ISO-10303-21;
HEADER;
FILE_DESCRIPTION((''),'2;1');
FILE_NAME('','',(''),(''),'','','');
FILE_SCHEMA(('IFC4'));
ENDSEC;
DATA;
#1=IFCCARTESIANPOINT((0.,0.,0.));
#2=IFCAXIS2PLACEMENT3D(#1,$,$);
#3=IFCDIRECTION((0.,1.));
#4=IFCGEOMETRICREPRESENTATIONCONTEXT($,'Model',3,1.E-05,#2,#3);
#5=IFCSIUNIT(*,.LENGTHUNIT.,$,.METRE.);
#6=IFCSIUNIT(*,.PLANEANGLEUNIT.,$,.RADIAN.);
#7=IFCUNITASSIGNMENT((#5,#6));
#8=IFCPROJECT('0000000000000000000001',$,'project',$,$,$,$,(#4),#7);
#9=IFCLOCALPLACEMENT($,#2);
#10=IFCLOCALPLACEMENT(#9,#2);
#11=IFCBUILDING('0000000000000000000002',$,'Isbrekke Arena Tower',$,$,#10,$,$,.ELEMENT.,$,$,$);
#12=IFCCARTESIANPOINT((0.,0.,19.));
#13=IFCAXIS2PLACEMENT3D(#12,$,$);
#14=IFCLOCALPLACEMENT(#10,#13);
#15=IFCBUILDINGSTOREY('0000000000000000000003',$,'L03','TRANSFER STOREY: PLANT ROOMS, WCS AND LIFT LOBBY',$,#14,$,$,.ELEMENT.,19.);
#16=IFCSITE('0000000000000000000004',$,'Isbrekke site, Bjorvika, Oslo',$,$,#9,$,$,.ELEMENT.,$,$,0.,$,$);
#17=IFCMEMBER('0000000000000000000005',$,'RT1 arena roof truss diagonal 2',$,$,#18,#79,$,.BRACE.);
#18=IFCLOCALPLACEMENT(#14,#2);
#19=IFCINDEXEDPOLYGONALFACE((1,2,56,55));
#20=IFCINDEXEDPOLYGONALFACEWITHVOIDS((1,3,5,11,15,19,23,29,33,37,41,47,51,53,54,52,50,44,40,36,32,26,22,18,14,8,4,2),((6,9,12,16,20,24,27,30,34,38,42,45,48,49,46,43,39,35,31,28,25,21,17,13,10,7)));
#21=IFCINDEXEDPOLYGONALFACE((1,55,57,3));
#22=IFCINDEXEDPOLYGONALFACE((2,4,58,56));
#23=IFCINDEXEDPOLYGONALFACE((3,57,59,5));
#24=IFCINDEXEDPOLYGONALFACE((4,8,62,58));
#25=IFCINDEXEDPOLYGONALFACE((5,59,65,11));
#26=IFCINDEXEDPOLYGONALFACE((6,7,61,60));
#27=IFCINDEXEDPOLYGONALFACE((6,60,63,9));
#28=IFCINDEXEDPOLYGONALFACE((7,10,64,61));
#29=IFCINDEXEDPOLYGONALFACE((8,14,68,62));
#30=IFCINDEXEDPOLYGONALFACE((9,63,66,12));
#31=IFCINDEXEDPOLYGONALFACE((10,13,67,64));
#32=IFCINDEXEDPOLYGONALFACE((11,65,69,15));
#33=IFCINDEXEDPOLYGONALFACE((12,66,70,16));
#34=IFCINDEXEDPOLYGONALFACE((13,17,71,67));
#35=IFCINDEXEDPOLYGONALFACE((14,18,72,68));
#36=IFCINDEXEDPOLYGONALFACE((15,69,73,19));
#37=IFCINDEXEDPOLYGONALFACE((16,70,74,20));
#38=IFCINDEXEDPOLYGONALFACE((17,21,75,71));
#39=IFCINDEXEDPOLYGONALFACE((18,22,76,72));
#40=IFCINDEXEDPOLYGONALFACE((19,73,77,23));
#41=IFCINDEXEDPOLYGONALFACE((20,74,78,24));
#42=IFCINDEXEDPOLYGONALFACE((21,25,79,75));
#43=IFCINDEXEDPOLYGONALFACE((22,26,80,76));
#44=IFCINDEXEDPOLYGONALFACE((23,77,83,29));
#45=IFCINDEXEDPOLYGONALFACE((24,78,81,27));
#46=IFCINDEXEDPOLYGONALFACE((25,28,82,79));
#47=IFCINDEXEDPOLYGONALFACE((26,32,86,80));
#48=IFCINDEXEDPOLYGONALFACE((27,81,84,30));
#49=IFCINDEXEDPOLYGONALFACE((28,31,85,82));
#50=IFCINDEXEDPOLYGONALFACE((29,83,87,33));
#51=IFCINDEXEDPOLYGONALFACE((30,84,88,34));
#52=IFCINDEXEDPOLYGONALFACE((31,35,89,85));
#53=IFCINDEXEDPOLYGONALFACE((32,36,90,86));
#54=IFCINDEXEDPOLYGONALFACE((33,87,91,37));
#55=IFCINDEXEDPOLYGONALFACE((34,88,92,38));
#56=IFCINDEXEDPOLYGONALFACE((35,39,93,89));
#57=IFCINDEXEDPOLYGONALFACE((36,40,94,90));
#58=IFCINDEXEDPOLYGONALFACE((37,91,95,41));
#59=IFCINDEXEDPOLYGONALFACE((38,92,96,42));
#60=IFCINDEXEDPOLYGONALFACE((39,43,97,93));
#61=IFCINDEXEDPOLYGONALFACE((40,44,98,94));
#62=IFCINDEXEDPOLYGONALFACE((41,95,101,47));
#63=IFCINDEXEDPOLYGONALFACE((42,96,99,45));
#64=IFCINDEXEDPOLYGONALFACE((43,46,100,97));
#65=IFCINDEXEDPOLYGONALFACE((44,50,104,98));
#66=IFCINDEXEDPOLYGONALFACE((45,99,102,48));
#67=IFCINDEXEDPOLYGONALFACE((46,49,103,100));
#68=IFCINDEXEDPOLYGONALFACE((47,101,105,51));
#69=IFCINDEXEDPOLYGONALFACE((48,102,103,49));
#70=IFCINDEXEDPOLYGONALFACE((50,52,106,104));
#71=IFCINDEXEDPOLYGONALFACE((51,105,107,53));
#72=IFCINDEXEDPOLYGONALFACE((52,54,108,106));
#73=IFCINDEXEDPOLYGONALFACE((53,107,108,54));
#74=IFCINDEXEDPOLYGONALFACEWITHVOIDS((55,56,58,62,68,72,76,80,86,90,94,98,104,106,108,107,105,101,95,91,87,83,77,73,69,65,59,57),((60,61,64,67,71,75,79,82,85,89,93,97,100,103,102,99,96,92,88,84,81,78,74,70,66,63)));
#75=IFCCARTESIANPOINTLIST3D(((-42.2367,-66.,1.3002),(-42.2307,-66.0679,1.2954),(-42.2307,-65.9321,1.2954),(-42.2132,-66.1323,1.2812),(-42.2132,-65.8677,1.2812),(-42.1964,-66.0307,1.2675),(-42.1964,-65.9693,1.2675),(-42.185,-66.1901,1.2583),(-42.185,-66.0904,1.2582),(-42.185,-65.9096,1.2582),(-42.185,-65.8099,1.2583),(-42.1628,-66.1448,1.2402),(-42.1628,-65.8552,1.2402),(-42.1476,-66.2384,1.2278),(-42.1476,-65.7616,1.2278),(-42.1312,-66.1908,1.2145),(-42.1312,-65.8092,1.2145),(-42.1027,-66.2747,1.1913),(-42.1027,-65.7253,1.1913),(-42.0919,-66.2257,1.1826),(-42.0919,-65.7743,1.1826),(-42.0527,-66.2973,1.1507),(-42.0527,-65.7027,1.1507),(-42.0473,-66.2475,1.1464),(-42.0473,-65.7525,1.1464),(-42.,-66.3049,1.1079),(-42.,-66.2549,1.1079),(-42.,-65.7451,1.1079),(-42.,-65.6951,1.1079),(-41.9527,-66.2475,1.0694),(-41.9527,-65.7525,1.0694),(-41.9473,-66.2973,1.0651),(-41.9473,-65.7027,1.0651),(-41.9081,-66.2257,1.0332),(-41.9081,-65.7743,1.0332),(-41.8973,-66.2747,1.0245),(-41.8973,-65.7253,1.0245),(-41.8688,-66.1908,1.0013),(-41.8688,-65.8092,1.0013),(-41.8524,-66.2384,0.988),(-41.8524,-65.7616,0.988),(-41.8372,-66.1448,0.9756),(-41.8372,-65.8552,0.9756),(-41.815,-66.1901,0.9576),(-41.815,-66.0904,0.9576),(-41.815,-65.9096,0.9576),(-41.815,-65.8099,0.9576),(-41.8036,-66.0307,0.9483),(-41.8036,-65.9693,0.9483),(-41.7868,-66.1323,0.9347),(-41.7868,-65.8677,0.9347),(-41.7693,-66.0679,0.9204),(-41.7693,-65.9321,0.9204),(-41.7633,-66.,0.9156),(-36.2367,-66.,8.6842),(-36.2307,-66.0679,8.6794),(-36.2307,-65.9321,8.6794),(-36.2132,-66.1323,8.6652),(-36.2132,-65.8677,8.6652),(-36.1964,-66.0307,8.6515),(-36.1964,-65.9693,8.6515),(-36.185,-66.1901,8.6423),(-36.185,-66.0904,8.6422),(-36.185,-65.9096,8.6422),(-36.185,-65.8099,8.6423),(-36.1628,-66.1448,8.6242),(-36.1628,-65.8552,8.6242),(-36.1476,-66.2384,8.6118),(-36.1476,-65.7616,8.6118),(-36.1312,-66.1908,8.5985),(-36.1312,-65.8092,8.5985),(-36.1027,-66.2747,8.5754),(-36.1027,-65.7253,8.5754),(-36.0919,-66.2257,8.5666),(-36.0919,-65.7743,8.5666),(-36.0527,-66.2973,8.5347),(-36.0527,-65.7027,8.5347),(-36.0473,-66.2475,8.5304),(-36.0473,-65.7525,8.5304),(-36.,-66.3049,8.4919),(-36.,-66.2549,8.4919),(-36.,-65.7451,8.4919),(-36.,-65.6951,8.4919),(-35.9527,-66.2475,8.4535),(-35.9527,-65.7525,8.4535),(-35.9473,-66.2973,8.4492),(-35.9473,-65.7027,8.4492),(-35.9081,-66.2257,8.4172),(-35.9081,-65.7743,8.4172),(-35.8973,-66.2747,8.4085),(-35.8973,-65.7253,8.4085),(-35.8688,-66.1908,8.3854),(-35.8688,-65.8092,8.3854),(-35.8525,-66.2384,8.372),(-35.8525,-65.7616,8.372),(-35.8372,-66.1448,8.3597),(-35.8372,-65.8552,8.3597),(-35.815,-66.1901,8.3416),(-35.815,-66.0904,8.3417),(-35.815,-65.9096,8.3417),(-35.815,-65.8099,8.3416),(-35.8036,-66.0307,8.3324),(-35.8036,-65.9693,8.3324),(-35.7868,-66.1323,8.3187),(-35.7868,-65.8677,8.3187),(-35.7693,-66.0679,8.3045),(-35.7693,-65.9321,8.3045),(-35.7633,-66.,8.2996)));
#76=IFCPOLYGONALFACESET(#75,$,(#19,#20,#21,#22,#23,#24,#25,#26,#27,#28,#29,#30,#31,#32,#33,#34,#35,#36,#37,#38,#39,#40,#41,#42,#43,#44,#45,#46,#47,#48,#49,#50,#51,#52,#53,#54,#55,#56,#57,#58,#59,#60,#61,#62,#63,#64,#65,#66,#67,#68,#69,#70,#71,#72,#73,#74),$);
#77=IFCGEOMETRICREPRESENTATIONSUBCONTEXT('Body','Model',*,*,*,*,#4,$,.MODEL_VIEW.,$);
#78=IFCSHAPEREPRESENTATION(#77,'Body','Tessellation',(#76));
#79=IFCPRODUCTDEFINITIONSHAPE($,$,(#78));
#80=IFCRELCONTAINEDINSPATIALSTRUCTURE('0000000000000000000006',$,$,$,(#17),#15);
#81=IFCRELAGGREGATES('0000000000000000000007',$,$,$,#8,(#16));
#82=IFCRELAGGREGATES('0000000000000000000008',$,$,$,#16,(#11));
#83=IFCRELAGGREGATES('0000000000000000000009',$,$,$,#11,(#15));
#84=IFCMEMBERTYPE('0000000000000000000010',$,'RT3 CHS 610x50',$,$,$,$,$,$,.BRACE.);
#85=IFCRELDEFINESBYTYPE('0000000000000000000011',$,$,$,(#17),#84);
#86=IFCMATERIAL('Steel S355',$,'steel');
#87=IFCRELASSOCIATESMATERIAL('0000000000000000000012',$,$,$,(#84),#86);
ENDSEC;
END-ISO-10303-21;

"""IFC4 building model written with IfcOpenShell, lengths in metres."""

from ifc_helpers import new_model, si_unit, direction, frame, origin, origin_2d, place, context, subcontext, project, spatial, hollow_circle, extrude, material, material_profile, profile_set, type_object, element, save


model = new_model("IFC4")

# Units and contexts
model_context = context("Model", 3, precision=1e-05, world=origin(), true_north=direction((0.0, 1.0)))
body_context = subcontext(model_context, "Body", "Model", "MODEL_VIEW")
ifc_project = project(units=[si_unit("LENGTHUNIT", "METRE"), si_unit("PLANEANGLEUNIT", "RADIAN")], contexts=[model_context])

# Site, building, storey
site_placement = place(None, origin())
site = spatial("IfcSite", under=ifc_project, at=site_placement, Name="Isbrekke site, Bjorvika, Oslo", CompositionType="ELEMENT", RefElevation=0.0)
building_placement = place(site_placement, origin())
building = spatial("IfcBuilding", under=site, at=building_placement, Name="Isbrekke Arena Tower", CompositionType="ELEMENT")
storey_placement = place(building_placement, frame((0.0, 0.0, 19.0)))
storey = spatial("IfcBuildingStorey", under=building, at=storey_placement, Name="L03", Description="TRANSFER STOREY: PLANT ROOMS, WCS AND LIFT LOBBY", CompositionType="ELEMENT", Elevation=19.0)

# Member
ifc_material_1 = material(Name="Steel S355", Category="steel")
ifc_material_profile_1 = material_profile(ifc_material_1, hollow_circle(Radius=0.3049, WallThickness=0.05, at=origin_2d()), Name="CHS 610x50")
ifc_profile_set_1 = profile_set([ifc_material_profile_1], Name="Steel S355")
member_type_1 = type_object("IfcMemberType", Name="RT3 CHS 610x50", PredefinedType="BRACE", material=ifc_profile_set_1)
member_1_placement = place(storey_placement, frame((-42.0, -66.0, 1.1079), z_axis=(0.630623, 0.0, 0.77609), x_axis=(0.0, 1.0, 0.0)))
element("IfcMember", 1, at=member_1_placement, inside=storey, type_object=member_type_1, Name="RT1 arena roof truss diagonal 2", PredefinedType="BRACE", context=body_context, shape_type="SweptSolid", body=[
    extrude(hollow_circle(Radius=0.3049, WallThickness=0.05, at=origin_2d()), origin(), (0.0, 0.0, 1.0), 9.5144),
])

save(model, "model.ifc")
